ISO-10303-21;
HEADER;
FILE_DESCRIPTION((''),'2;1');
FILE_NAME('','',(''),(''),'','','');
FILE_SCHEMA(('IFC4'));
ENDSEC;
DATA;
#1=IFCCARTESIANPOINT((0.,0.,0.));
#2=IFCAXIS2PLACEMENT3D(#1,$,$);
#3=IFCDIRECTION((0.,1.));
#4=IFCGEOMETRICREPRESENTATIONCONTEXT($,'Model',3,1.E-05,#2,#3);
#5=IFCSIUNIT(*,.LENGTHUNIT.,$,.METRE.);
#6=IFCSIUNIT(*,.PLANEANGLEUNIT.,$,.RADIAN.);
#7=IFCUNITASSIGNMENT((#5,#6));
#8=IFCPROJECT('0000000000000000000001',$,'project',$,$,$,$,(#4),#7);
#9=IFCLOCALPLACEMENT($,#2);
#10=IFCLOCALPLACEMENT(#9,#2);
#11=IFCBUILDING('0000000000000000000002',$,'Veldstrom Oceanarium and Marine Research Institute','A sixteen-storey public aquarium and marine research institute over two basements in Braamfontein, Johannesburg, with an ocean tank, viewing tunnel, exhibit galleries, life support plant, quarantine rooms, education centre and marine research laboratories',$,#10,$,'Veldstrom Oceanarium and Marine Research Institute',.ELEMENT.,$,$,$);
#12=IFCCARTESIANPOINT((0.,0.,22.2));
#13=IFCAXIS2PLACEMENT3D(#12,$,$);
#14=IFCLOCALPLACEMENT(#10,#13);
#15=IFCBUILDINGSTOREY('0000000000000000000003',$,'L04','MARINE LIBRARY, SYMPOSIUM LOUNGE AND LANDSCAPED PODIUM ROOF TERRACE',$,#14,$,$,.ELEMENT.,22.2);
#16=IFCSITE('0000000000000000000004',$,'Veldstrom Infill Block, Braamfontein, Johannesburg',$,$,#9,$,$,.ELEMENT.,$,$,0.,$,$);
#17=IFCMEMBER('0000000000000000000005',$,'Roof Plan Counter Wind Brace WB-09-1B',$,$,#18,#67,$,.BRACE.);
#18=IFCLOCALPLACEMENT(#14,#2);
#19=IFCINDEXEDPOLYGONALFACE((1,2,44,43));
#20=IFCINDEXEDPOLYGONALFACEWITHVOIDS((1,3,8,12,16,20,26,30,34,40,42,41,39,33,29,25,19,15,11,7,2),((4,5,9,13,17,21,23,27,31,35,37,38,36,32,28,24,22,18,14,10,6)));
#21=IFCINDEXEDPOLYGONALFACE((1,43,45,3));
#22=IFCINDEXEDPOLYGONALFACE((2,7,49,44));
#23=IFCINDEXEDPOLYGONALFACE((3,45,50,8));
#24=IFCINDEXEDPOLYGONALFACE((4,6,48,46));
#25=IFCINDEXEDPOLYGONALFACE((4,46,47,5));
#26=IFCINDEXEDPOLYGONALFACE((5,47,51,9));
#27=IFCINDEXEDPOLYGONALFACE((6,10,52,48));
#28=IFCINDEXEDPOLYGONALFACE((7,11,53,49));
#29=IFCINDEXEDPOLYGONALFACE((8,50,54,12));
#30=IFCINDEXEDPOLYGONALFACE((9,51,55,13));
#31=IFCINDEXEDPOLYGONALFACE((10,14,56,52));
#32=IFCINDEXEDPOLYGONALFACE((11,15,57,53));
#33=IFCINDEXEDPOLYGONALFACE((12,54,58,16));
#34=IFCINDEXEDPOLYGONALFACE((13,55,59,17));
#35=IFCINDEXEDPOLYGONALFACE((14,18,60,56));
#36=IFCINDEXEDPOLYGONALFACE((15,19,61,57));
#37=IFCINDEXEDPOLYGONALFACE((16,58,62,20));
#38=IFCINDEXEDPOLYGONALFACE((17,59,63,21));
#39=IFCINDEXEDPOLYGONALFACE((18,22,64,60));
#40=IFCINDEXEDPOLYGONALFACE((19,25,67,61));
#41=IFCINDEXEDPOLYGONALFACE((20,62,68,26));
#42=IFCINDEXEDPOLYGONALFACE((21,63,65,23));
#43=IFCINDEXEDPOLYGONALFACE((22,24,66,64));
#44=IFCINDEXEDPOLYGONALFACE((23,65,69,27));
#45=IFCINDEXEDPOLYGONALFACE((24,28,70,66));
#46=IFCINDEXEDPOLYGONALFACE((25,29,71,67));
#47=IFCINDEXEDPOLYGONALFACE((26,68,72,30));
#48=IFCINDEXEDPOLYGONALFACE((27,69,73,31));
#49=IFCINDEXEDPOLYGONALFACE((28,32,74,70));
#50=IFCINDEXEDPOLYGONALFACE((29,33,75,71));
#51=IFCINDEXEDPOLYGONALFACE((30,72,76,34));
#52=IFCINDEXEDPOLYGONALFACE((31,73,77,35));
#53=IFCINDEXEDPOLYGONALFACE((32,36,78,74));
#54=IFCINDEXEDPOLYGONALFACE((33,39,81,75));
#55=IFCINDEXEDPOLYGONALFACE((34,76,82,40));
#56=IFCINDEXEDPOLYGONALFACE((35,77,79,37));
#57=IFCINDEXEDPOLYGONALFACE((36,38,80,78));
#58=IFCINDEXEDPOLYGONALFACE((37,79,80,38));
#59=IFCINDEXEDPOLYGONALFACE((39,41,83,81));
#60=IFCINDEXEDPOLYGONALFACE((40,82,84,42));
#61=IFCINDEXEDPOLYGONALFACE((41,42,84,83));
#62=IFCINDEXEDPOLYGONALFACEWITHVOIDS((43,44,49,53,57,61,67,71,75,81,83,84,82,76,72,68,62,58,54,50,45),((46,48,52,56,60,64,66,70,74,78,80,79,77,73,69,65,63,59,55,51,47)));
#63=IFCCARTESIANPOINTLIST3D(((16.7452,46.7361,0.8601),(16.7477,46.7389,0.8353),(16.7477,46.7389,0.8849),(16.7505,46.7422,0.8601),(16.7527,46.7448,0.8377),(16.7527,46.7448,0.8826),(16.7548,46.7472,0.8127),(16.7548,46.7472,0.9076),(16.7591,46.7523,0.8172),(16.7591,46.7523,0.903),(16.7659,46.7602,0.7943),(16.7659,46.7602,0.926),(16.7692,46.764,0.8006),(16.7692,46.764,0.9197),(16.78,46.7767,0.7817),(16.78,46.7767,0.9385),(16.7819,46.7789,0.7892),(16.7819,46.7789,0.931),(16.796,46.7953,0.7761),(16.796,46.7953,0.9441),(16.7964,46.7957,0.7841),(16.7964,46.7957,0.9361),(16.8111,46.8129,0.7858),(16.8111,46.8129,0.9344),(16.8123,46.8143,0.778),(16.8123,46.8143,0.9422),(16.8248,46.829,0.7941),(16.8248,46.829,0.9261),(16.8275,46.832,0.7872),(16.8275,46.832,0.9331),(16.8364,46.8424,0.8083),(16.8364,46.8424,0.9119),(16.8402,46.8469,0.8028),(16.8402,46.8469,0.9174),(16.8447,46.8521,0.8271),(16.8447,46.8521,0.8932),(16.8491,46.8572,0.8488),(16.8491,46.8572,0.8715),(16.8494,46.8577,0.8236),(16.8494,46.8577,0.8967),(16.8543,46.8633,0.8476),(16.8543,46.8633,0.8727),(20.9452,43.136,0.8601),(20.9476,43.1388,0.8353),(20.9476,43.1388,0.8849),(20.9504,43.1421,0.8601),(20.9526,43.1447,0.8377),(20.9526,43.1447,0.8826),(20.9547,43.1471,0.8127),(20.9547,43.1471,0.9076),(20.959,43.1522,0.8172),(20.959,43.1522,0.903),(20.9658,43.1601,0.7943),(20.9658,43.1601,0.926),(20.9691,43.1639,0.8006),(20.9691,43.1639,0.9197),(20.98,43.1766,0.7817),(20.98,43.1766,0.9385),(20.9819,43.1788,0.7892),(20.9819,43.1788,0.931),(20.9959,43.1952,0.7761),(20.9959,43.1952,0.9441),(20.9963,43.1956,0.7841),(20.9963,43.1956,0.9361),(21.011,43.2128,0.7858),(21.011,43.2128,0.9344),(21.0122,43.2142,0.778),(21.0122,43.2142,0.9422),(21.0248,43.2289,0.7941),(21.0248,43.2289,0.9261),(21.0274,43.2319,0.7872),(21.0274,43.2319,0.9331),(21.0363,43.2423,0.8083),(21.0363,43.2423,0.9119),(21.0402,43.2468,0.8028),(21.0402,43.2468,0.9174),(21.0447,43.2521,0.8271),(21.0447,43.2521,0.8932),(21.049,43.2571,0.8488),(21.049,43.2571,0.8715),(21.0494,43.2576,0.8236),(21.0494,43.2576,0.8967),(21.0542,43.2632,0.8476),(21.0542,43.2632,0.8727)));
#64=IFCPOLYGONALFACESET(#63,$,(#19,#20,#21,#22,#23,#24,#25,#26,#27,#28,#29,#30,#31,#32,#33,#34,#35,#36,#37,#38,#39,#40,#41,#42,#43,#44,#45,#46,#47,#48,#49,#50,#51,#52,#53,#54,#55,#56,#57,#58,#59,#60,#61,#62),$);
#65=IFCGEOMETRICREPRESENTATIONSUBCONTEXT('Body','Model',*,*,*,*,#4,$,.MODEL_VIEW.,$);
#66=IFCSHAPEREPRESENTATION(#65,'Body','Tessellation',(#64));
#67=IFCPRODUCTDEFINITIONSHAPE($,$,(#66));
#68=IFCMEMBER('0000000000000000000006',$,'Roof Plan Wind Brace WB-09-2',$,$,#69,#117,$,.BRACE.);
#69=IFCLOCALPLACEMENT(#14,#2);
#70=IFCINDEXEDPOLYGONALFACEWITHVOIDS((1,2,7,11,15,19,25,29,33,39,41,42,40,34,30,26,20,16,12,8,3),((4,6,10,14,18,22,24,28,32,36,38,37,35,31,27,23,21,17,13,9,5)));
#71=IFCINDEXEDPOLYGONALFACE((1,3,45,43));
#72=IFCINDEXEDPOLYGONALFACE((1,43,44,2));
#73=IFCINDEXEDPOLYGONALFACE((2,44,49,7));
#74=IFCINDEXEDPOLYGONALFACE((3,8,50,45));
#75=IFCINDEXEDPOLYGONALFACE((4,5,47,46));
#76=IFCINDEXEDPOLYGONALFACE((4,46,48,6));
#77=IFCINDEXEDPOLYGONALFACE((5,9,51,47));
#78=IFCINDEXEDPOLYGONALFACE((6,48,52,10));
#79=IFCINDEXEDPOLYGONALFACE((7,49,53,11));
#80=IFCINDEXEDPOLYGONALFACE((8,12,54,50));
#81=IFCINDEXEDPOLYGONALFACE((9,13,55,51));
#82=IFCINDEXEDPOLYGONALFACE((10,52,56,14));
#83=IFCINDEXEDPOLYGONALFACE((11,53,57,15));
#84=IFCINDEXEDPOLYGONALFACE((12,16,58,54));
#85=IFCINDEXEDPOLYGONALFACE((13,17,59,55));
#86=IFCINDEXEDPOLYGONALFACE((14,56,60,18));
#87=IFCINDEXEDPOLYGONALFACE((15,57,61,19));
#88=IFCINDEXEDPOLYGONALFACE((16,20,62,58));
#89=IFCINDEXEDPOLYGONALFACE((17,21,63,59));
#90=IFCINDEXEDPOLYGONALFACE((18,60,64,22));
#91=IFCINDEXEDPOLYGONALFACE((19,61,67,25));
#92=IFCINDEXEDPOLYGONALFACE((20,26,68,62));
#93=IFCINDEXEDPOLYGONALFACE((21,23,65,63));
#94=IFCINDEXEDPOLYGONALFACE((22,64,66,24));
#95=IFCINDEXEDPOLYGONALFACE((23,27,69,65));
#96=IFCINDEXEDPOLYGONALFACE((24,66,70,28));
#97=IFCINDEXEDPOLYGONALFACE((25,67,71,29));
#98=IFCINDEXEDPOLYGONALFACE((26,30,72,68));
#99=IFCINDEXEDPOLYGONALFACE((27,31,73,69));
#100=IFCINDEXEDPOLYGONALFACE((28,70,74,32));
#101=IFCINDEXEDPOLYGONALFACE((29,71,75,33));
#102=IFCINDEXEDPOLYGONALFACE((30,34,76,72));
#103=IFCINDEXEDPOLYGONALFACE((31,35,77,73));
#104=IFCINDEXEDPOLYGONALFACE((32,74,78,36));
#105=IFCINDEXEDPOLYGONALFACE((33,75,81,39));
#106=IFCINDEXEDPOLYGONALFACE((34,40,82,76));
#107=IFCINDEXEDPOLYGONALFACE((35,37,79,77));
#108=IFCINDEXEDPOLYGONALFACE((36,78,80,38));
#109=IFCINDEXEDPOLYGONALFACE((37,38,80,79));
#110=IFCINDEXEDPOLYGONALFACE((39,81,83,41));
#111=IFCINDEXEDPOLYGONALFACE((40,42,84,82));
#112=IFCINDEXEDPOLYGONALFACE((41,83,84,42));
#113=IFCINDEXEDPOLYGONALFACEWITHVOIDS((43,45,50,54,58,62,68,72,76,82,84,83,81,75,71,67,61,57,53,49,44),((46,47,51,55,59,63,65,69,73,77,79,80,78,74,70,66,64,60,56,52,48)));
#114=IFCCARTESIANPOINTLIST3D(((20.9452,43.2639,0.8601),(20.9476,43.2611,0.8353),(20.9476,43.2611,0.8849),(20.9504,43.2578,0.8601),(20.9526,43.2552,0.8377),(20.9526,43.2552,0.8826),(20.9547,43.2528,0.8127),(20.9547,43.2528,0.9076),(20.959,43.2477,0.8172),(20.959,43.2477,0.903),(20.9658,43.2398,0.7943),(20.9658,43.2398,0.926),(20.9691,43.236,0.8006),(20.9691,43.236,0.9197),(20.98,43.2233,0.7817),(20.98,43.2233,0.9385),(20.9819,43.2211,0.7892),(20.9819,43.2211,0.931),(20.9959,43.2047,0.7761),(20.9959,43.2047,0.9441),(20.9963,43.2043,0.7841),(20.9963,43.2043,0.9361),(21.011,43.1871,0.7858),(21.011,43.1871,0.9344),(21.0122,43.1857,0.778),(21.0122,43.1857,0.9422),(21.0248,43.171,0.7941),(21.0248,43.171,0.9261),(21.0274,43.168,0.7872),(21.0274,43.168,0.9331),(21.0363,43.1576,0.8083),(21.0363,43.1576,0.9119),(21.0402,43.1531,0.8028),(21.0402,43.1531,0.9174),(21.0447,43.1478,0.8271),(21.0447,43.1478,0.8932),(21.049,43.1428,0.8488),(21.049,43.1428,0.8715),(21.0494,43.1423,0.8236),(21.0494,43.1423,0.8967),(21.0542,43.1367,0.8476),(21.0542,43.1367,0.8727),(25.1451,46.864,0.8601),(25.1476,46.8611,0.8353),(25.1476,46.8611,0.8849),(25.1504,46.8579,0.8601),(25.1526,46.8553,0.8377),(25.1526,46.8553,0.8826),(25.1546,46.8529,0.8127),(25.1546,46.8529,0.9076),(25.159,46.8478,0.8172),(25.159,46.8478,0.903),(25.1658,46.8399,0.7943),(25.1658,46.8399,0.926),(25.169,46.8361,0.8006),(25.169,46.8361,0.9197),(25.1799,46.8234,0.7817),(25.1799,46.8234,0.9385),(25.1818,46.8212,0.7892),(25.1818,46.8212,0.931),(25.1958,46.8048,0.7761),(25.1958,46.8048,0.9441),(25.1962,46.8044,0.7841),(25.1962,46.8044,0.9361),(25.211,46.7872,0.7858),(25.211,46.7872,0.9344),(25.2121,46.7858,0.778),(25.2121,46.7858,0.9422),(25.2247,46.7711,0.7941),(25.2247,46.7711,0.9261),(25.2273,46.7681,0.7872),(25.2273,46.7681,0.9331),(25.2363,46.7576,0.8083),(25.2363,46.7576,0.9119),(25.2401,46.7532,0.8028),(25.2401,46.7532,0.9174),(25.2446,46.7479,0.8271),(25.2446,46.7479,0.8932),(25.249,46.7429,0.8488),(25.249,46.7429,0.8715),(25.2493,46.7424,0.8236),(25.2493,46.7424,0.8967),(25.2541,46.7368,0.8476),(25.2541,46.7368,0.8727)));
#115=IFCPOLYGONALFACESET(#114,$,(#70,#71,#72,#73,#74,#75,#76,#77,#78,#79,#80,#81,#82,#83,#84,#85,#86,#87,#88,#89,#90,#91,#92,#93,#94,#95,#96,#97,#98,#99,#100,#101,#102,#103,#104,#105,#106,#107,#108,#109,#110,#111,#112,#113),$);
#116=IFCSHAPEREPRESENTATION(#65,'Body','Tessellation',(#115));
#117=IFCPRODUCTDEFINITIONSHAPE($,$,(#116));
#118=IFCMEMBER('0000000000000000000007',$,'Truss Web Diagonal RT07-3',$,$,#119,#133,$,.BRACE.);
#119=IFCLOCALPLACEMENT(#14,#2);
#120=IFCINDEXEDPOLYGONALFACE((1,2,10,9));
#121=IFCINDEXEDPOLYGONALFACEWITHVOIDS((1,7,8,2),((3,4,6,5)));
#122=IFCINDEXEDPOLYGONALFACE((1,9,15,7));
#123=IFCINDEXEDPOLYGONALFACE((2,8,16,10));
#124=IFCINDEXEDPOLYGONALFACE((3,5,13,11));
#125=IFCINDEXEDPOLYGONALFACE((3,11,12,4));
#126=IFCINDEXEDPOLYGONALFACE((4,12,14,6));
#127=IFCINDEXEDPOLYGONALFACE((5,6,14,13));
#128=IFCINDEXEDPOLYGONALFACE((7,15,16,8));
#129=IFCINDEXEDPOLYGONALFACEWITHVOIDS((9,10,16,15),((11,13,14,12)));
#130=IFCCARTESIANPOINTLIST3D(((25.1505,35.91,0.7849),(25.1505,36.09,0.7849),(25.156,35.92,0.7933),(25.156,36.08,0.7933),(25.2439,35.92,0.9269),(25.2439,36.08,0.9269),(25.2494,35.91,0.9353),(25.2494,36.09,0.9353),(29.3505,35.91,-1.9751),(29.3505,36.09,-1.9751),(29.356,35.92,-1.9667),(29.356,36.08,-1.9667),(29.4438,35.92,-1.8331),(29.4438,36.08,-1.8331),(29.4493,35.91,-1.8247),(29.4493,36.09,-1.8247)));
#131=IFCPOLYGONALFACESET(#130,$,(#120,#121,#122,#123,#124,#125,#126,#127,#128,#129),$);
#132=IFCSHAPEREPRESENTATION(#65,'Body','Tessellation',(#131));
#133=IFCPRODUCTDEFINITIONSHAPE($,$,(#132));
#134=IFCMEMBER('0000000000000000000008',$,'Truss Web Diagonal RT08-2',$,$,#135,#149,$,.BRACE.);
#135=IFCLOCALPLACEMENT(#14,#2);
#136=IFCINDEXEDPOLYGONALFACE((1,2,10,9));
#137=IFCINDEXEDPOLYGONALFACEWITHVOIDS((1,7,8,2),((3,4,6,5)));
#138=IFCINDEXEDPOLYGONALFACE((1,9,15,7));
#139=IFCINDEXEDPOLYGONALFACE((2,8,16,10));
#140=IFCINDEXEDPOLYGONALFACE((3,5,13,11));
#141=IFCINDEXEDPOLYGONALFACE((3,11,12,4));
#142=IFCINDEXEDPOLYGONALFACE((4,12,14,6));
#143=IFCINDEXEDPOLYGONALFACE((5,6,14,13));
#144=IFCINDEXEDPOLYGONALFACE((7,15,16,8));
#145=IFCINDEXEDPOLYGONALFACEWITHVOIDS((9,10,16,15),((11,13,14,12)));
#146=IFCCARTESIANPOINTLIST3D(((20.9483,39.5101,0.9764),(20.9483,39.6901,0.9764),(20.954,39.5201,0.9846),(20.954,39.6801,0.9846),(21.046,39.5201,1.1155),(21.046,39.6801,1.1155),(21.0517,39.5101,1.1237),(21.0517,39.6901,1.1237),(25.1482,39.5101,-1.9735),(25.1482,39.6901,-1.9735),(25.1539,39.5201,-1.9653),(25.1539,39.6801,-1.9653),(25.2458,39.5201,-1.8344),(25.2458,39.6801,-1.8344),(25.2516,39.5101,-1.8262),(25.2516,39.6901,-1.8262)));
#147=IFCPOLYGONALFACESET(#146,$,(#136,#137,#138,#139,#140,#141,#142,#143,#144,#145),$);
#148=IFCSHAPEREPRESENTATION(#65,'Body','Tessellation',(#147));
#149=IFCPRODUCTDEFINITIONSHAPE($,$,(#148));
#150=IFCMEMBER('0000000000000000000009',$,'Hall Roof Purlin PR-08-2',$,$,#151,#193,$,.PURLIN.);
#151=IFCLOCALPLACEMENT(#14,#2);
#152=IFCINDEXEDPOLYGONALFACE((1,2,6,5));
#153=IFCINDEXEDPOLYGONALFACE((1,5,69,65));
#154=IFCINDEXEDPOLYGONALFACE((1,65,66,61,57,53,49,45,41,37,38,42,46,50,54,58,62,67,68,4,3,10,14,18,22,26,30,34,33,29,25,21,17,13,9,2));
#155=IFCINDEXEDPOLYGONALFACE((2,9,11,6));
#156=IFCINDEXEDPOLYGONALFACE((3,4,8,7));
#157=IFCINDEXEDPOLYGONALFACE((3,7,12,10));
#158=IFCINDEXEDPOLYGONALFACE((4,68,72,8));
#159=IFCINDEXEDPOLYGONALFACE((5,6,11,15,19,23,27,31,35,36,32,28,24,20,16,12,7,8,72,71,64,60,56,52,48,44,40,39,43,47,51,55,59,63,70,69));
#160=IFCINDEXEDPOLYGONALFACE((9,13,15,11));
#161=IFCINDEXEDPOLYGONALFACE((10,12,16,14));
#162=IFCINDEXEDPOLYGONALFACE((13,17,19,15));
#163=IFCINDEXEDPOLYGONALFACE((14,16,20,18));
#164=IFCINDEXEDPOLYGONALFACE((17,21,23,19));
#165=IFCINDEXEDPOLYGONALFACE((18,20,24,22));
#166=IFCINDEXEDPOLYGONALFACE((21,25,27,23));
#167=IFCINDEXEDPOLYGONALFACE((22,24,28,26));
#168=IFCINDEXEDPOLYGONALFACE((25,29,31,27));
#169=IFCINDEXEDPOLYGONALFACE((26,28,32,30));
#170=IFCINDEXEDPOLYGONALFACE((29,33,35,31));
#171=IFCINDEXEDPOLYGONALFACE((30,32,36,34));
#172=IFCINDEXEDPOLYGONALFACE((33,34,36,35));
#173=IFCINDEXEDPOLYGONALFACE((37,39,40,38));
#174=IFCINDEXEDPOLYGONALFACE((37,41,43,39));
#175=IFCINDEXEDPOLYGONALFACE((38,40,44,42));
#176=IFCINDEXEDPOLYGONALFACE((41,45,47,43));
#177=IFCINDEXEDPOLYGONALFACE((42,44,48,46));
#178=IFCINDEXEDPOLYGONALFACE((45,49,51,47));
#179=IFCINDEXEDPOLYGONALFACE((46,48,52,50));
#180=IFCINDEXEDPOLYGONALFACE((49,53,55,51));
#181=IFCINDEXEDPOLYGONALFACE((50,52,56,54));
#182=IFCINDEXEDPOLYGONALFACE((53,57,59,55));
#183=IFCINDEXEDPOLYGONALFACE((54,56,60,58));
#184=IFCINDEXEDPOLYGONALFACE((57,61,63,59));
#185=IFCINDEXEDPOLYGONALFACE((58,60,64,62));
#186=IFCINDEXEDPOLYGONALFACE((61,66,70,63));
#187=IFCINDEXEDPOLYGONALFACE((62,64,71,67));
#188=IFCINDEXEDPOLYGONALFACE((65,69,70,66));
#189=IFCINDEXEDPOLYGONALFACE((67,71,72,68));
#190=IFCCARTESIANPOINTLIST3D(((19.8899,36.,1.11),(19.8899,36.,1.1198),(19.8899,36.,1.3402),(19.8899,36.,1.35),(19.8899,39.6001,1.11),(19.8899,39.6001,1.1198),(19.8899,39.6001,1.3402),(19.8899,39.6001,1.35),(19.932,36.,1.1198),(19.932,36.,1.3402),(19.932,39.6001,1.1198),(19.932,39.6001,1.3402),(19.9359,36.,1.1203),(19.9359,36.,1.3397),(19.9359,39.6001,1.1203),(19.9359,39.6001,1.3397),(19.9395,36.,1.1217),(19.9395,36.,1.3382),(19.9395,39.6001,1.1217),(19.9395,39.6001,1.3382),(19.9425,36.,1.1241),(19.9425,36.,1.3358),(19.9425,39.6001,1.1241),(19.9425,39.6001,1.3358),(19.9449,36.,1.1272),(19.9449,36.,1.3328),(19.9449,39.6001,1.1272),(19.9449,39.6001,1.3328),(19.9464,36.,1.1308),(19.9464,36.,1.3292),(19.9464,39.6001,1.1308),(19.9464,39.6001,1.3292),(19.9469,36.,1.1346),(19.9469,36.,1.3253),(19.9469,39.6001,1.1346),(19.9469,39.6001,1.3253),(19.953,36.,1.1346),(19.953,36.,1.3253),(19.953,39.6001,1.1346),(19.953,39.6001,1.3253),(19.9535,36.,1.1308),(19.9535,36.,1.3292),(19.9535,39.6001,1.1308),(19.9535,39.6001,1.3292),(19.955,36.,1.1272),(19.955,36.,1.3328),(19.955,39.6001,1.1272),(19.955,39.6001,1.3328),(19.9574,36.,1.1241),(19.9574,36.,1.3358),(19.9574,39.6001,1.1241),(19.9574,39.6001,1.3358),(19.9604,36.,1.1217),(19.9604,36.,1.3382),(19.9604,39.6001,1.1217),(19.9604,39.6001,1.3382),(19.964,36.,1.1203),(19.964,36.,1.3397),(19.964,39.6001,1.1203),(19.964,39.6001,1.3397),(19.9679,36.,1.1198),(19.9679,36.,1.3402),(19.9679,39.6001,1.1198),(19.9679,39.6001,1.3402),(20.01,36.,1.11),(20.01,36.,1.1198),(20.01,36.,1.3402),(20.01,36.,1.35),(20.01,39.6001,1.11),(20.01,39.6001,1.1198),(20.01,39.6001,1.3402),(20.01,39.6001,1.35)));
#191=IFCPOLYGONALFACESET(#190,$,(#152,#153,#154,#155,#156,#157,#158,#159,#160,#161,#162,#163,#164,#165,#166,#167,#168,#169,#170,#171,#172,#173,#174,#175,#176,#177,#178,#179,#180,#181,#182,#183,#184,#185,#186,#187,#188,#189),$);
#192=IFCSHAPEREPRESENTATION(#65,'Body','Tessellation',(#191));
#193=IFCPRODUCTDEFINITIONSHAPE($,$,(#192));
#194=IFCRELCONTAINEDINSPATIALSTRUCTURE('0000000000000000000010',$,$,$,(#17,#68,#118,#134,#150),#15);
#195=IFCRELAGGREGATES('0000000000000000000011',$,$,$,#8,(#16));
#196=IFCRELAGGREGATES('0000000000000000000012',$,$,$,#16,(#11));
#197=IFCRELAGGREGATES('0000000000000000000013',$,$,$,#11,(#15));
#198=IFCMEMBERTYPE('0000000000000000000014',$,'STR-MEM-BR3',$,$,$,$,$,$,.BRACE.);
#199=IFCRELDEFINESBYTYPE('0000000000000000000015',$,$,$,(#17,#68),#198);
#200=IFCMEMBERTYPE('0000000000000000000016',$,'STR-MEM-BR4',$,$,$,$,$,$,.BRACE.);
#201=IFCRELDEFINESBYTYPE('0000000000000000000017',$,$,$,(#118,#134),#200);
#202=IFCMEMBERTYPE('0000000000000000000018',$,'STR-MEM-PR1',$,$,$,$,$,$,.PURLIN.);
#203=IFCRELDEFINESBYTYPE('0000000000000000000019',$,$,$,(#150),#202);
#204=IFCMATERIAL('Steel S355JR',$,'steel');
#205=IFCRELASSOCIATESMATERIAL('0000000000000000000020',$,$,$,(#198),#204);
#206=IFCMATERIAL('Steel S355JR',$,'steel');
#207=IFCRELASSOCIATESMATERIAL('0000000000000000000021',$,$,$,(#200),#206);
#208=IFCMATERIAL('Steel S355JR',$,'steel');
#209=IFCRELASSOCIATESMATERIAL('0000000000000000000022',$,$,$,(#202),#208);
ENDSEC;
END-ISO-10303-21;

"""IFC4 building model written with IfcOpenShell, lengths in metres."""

from ifc_helpers import new_model, si_unit, direction, frame, origin, origin_2d, place, context, subcontext, project, spatial, hollow_rectangle, hollow_circle, i_section, extrude, material, material_profile, profile_set, type_object, element, save


model = new_model("IFC4")

# Units and contexts
model_context = context("Model", 3, precision=1e-05, world=origin(), true_north=direction((0.0, 1.0)))
body_context = subcontext(model_context, "Body", "Model", "MODEL_VIEW")
ifc_project = project(units=[si_unit("LENGTHUNIT", "METRE"), si_unit("PLANEANGLEUNIT", "RADIAN")], contexts=[model_context])

# Site, building, storey
site_placement = place(None, origin())
site = spatial("IfcSite", under=ifc_project, at=site_placement, Name="Veldstrom Infill Block, Braamfontein, Johannesburg", CompositionType="ELEMENT", RefElevation=0.0)
building_placement = place(site_placement, origin())
building = spatial("IfcBuilding", under=site, at=building_placement, Name="Veldstrom Oceanarium and Marine Research Institute", Description="A sixteen-storey public aquarium and marine research institute over two basements in Braamfontein, Johannesburg, with an ocean tank, viewing tunnel, exhibit galleries, life support plant, quarantine rooms, education centre and marine research laboratories", LongName="Veldstrom Oceanarium and Marine Research Institute", CompositionType="ELEMENT")
storey_placement = place(building_placement, frame((0.0, 0.0, 22.2)))
storey = spatial("IfcBuildingStorey", under=building, at=storey_placement, Name="L04", Description="MARINE LIBRARY, SYMPOSIUM LOUNGE AND LANDSCAPED PODIUM ROOF TERRACE", CompositionType="ELEMENT", Elevation=22.2)

# Members
ifc_material_1 = material(Name="Steel S355JR", Category="steel")
ifc_material_profile_1 = material_profile(ifc_material_1, hollow_circle(Radius=0.0842, WallThickness=0.0081, at=origin_2d()), Name="CHS 168.3x8")
ifc_profile_set_1 = profile_set([ifc_material_profile_1], Name="Steel S355JR")
member_type_1 = type_object("IfcMemberType", Name="STR-MEM-BR3", PredefinedType="BRACE", material=ifc_profile_set_1)
for number, where, z_axis, x_axis, name in (
    (1, (21.0, 43.2, 0.8601), (-0.759244, 0.650806, 0.0), (-0.650806, -0.759244, 0.0), "Roof Plan Counter Wind Brace WB-09-1B"),
    (2, (21.0, 43.2, 0.8601), (0.759244, 0.650806, 0.0), (-0.650806, 0.759244, 0.0), "Roof Plan Wind Brace WB-09-2"),
):
    element("IfcMember", number, at=place(storey_placement, frame(where, z_axis=z_axis, x_axis=x_axis)), inside=storey, type_object=member_type_1, Name=name, PredefinedType="BRACE", context=body_context, shape_type="SweptSolid", body=[
        extrude(hollow_circle(Radius=0.0842, WallThickness=0.0081, at=origin_2d()), origin(), (0.0, 0.0, 1.0), 5.5317),
    ])
ifc_material_2 = material(Name="Steel S355JR", Category="steel")
ifc_material_profile_2 = material_profile(ifc_material_2, hollow_rectangle(XDim=0.1799, YDim=0.1799, WallThickness=0.01, at=origin_2d()), Name="SHS 180x180x10")
ifc_profile_set_2 = profile_set([ifc_material_profile_2], Name="Steel S355JR")
member_type_2 = type_object("IfcMemberType", Name="STR-MEM-BR4", PredefinedType="BRACE", material=ifc_profile_set_2)
member_1_placement = place(storey_placement, frame((25.2, 36.0, 0.8601), z_axis=(0.835702, 0.0, -0.549184), x_axis=(0.0, 1.0, 0.0)))
element("IfcMember", 3, at=member_1_placement, inside=storey, type_object=member_type_2, Name="Truss Web Diagonal RT07-3", PredefinedType="BRACE", context=body_context, shape_type="SweptSolid", body=[
    extrude(hollow_rectangle(XDim=0.1799, YDim=0.1799, WallThickness=0.01, at=origin_2d()), origin(), (0.0, 0.0, 1.0), 5.0256),
])
member_2_placement = place(storey_placement, frame((21.0, 39.6001, 1.05), z_axis=(0.818317, 0.0, -0.574767), x_axis=(0.0, 1.0, 0.0)))
element("IfcMember", 4, at=member_2_placement, inside=storey, type_object=member_type_2, Name="Truss Web Diagonal RT08-2", PredefinedType="BRACE", context=body_context, shape_type="SweptSolid", body=[
    extrude(hollow_rectangle(XDim=0.1799, YDim=0.1799, WallThickness=0.01, at=origin_2d()), origin(), (0.0, 0.0, 1.0), 5.1323),
])
ifc_material_3 = material(Name="Steel S355JR", Category="steel")
ifc_material_profile_3 = material_profile(ifc_material_3, i_section(OverallWidth=0.1201, OverallDepth=0.24, WebThickness=0.0061, FlangeThickness=0.0098, FilletRadius=0.0149, at=origin_2d()), Name="IPE 240")
ifc_profile_set_3 = profile_set([ifc_material_profile_3], Name="Steel S355JR")
member_type_3 = type_object("IfcMemberType", Name="STR-MEM-PR1", PredefinedType="PURLIN", material=ifc_profile_set_3)
for number, where, z_axis, x_axis, name in (
    (5, (19.95, 36.0, 1.23), (0.0, 1.0, 0.0), (-1.0, 0.0, 0.0), "Hall Roof Purlin PR-08-2"),
):
    element("IfcMember", number, at=place(storey_placement, frame(where, z_axis=z_axis, x_axis=x_axis)), inside=storey, type_object=member_type_3, Name=name, PredefinedType="PURLIN", context=body_context, shape_type="SweptSolid", body=[
        extrude(i_section(OverallWidth=0.1201, OverallDepth=0.24, WebThickness=0.0061, FlangeThickness=0.0098, FilletRadius=0.0149, at=origin_2d()), origin(), (0.0, 0.0, 1.0), 3.6001),
    ])

save(model, "model.ifc")
